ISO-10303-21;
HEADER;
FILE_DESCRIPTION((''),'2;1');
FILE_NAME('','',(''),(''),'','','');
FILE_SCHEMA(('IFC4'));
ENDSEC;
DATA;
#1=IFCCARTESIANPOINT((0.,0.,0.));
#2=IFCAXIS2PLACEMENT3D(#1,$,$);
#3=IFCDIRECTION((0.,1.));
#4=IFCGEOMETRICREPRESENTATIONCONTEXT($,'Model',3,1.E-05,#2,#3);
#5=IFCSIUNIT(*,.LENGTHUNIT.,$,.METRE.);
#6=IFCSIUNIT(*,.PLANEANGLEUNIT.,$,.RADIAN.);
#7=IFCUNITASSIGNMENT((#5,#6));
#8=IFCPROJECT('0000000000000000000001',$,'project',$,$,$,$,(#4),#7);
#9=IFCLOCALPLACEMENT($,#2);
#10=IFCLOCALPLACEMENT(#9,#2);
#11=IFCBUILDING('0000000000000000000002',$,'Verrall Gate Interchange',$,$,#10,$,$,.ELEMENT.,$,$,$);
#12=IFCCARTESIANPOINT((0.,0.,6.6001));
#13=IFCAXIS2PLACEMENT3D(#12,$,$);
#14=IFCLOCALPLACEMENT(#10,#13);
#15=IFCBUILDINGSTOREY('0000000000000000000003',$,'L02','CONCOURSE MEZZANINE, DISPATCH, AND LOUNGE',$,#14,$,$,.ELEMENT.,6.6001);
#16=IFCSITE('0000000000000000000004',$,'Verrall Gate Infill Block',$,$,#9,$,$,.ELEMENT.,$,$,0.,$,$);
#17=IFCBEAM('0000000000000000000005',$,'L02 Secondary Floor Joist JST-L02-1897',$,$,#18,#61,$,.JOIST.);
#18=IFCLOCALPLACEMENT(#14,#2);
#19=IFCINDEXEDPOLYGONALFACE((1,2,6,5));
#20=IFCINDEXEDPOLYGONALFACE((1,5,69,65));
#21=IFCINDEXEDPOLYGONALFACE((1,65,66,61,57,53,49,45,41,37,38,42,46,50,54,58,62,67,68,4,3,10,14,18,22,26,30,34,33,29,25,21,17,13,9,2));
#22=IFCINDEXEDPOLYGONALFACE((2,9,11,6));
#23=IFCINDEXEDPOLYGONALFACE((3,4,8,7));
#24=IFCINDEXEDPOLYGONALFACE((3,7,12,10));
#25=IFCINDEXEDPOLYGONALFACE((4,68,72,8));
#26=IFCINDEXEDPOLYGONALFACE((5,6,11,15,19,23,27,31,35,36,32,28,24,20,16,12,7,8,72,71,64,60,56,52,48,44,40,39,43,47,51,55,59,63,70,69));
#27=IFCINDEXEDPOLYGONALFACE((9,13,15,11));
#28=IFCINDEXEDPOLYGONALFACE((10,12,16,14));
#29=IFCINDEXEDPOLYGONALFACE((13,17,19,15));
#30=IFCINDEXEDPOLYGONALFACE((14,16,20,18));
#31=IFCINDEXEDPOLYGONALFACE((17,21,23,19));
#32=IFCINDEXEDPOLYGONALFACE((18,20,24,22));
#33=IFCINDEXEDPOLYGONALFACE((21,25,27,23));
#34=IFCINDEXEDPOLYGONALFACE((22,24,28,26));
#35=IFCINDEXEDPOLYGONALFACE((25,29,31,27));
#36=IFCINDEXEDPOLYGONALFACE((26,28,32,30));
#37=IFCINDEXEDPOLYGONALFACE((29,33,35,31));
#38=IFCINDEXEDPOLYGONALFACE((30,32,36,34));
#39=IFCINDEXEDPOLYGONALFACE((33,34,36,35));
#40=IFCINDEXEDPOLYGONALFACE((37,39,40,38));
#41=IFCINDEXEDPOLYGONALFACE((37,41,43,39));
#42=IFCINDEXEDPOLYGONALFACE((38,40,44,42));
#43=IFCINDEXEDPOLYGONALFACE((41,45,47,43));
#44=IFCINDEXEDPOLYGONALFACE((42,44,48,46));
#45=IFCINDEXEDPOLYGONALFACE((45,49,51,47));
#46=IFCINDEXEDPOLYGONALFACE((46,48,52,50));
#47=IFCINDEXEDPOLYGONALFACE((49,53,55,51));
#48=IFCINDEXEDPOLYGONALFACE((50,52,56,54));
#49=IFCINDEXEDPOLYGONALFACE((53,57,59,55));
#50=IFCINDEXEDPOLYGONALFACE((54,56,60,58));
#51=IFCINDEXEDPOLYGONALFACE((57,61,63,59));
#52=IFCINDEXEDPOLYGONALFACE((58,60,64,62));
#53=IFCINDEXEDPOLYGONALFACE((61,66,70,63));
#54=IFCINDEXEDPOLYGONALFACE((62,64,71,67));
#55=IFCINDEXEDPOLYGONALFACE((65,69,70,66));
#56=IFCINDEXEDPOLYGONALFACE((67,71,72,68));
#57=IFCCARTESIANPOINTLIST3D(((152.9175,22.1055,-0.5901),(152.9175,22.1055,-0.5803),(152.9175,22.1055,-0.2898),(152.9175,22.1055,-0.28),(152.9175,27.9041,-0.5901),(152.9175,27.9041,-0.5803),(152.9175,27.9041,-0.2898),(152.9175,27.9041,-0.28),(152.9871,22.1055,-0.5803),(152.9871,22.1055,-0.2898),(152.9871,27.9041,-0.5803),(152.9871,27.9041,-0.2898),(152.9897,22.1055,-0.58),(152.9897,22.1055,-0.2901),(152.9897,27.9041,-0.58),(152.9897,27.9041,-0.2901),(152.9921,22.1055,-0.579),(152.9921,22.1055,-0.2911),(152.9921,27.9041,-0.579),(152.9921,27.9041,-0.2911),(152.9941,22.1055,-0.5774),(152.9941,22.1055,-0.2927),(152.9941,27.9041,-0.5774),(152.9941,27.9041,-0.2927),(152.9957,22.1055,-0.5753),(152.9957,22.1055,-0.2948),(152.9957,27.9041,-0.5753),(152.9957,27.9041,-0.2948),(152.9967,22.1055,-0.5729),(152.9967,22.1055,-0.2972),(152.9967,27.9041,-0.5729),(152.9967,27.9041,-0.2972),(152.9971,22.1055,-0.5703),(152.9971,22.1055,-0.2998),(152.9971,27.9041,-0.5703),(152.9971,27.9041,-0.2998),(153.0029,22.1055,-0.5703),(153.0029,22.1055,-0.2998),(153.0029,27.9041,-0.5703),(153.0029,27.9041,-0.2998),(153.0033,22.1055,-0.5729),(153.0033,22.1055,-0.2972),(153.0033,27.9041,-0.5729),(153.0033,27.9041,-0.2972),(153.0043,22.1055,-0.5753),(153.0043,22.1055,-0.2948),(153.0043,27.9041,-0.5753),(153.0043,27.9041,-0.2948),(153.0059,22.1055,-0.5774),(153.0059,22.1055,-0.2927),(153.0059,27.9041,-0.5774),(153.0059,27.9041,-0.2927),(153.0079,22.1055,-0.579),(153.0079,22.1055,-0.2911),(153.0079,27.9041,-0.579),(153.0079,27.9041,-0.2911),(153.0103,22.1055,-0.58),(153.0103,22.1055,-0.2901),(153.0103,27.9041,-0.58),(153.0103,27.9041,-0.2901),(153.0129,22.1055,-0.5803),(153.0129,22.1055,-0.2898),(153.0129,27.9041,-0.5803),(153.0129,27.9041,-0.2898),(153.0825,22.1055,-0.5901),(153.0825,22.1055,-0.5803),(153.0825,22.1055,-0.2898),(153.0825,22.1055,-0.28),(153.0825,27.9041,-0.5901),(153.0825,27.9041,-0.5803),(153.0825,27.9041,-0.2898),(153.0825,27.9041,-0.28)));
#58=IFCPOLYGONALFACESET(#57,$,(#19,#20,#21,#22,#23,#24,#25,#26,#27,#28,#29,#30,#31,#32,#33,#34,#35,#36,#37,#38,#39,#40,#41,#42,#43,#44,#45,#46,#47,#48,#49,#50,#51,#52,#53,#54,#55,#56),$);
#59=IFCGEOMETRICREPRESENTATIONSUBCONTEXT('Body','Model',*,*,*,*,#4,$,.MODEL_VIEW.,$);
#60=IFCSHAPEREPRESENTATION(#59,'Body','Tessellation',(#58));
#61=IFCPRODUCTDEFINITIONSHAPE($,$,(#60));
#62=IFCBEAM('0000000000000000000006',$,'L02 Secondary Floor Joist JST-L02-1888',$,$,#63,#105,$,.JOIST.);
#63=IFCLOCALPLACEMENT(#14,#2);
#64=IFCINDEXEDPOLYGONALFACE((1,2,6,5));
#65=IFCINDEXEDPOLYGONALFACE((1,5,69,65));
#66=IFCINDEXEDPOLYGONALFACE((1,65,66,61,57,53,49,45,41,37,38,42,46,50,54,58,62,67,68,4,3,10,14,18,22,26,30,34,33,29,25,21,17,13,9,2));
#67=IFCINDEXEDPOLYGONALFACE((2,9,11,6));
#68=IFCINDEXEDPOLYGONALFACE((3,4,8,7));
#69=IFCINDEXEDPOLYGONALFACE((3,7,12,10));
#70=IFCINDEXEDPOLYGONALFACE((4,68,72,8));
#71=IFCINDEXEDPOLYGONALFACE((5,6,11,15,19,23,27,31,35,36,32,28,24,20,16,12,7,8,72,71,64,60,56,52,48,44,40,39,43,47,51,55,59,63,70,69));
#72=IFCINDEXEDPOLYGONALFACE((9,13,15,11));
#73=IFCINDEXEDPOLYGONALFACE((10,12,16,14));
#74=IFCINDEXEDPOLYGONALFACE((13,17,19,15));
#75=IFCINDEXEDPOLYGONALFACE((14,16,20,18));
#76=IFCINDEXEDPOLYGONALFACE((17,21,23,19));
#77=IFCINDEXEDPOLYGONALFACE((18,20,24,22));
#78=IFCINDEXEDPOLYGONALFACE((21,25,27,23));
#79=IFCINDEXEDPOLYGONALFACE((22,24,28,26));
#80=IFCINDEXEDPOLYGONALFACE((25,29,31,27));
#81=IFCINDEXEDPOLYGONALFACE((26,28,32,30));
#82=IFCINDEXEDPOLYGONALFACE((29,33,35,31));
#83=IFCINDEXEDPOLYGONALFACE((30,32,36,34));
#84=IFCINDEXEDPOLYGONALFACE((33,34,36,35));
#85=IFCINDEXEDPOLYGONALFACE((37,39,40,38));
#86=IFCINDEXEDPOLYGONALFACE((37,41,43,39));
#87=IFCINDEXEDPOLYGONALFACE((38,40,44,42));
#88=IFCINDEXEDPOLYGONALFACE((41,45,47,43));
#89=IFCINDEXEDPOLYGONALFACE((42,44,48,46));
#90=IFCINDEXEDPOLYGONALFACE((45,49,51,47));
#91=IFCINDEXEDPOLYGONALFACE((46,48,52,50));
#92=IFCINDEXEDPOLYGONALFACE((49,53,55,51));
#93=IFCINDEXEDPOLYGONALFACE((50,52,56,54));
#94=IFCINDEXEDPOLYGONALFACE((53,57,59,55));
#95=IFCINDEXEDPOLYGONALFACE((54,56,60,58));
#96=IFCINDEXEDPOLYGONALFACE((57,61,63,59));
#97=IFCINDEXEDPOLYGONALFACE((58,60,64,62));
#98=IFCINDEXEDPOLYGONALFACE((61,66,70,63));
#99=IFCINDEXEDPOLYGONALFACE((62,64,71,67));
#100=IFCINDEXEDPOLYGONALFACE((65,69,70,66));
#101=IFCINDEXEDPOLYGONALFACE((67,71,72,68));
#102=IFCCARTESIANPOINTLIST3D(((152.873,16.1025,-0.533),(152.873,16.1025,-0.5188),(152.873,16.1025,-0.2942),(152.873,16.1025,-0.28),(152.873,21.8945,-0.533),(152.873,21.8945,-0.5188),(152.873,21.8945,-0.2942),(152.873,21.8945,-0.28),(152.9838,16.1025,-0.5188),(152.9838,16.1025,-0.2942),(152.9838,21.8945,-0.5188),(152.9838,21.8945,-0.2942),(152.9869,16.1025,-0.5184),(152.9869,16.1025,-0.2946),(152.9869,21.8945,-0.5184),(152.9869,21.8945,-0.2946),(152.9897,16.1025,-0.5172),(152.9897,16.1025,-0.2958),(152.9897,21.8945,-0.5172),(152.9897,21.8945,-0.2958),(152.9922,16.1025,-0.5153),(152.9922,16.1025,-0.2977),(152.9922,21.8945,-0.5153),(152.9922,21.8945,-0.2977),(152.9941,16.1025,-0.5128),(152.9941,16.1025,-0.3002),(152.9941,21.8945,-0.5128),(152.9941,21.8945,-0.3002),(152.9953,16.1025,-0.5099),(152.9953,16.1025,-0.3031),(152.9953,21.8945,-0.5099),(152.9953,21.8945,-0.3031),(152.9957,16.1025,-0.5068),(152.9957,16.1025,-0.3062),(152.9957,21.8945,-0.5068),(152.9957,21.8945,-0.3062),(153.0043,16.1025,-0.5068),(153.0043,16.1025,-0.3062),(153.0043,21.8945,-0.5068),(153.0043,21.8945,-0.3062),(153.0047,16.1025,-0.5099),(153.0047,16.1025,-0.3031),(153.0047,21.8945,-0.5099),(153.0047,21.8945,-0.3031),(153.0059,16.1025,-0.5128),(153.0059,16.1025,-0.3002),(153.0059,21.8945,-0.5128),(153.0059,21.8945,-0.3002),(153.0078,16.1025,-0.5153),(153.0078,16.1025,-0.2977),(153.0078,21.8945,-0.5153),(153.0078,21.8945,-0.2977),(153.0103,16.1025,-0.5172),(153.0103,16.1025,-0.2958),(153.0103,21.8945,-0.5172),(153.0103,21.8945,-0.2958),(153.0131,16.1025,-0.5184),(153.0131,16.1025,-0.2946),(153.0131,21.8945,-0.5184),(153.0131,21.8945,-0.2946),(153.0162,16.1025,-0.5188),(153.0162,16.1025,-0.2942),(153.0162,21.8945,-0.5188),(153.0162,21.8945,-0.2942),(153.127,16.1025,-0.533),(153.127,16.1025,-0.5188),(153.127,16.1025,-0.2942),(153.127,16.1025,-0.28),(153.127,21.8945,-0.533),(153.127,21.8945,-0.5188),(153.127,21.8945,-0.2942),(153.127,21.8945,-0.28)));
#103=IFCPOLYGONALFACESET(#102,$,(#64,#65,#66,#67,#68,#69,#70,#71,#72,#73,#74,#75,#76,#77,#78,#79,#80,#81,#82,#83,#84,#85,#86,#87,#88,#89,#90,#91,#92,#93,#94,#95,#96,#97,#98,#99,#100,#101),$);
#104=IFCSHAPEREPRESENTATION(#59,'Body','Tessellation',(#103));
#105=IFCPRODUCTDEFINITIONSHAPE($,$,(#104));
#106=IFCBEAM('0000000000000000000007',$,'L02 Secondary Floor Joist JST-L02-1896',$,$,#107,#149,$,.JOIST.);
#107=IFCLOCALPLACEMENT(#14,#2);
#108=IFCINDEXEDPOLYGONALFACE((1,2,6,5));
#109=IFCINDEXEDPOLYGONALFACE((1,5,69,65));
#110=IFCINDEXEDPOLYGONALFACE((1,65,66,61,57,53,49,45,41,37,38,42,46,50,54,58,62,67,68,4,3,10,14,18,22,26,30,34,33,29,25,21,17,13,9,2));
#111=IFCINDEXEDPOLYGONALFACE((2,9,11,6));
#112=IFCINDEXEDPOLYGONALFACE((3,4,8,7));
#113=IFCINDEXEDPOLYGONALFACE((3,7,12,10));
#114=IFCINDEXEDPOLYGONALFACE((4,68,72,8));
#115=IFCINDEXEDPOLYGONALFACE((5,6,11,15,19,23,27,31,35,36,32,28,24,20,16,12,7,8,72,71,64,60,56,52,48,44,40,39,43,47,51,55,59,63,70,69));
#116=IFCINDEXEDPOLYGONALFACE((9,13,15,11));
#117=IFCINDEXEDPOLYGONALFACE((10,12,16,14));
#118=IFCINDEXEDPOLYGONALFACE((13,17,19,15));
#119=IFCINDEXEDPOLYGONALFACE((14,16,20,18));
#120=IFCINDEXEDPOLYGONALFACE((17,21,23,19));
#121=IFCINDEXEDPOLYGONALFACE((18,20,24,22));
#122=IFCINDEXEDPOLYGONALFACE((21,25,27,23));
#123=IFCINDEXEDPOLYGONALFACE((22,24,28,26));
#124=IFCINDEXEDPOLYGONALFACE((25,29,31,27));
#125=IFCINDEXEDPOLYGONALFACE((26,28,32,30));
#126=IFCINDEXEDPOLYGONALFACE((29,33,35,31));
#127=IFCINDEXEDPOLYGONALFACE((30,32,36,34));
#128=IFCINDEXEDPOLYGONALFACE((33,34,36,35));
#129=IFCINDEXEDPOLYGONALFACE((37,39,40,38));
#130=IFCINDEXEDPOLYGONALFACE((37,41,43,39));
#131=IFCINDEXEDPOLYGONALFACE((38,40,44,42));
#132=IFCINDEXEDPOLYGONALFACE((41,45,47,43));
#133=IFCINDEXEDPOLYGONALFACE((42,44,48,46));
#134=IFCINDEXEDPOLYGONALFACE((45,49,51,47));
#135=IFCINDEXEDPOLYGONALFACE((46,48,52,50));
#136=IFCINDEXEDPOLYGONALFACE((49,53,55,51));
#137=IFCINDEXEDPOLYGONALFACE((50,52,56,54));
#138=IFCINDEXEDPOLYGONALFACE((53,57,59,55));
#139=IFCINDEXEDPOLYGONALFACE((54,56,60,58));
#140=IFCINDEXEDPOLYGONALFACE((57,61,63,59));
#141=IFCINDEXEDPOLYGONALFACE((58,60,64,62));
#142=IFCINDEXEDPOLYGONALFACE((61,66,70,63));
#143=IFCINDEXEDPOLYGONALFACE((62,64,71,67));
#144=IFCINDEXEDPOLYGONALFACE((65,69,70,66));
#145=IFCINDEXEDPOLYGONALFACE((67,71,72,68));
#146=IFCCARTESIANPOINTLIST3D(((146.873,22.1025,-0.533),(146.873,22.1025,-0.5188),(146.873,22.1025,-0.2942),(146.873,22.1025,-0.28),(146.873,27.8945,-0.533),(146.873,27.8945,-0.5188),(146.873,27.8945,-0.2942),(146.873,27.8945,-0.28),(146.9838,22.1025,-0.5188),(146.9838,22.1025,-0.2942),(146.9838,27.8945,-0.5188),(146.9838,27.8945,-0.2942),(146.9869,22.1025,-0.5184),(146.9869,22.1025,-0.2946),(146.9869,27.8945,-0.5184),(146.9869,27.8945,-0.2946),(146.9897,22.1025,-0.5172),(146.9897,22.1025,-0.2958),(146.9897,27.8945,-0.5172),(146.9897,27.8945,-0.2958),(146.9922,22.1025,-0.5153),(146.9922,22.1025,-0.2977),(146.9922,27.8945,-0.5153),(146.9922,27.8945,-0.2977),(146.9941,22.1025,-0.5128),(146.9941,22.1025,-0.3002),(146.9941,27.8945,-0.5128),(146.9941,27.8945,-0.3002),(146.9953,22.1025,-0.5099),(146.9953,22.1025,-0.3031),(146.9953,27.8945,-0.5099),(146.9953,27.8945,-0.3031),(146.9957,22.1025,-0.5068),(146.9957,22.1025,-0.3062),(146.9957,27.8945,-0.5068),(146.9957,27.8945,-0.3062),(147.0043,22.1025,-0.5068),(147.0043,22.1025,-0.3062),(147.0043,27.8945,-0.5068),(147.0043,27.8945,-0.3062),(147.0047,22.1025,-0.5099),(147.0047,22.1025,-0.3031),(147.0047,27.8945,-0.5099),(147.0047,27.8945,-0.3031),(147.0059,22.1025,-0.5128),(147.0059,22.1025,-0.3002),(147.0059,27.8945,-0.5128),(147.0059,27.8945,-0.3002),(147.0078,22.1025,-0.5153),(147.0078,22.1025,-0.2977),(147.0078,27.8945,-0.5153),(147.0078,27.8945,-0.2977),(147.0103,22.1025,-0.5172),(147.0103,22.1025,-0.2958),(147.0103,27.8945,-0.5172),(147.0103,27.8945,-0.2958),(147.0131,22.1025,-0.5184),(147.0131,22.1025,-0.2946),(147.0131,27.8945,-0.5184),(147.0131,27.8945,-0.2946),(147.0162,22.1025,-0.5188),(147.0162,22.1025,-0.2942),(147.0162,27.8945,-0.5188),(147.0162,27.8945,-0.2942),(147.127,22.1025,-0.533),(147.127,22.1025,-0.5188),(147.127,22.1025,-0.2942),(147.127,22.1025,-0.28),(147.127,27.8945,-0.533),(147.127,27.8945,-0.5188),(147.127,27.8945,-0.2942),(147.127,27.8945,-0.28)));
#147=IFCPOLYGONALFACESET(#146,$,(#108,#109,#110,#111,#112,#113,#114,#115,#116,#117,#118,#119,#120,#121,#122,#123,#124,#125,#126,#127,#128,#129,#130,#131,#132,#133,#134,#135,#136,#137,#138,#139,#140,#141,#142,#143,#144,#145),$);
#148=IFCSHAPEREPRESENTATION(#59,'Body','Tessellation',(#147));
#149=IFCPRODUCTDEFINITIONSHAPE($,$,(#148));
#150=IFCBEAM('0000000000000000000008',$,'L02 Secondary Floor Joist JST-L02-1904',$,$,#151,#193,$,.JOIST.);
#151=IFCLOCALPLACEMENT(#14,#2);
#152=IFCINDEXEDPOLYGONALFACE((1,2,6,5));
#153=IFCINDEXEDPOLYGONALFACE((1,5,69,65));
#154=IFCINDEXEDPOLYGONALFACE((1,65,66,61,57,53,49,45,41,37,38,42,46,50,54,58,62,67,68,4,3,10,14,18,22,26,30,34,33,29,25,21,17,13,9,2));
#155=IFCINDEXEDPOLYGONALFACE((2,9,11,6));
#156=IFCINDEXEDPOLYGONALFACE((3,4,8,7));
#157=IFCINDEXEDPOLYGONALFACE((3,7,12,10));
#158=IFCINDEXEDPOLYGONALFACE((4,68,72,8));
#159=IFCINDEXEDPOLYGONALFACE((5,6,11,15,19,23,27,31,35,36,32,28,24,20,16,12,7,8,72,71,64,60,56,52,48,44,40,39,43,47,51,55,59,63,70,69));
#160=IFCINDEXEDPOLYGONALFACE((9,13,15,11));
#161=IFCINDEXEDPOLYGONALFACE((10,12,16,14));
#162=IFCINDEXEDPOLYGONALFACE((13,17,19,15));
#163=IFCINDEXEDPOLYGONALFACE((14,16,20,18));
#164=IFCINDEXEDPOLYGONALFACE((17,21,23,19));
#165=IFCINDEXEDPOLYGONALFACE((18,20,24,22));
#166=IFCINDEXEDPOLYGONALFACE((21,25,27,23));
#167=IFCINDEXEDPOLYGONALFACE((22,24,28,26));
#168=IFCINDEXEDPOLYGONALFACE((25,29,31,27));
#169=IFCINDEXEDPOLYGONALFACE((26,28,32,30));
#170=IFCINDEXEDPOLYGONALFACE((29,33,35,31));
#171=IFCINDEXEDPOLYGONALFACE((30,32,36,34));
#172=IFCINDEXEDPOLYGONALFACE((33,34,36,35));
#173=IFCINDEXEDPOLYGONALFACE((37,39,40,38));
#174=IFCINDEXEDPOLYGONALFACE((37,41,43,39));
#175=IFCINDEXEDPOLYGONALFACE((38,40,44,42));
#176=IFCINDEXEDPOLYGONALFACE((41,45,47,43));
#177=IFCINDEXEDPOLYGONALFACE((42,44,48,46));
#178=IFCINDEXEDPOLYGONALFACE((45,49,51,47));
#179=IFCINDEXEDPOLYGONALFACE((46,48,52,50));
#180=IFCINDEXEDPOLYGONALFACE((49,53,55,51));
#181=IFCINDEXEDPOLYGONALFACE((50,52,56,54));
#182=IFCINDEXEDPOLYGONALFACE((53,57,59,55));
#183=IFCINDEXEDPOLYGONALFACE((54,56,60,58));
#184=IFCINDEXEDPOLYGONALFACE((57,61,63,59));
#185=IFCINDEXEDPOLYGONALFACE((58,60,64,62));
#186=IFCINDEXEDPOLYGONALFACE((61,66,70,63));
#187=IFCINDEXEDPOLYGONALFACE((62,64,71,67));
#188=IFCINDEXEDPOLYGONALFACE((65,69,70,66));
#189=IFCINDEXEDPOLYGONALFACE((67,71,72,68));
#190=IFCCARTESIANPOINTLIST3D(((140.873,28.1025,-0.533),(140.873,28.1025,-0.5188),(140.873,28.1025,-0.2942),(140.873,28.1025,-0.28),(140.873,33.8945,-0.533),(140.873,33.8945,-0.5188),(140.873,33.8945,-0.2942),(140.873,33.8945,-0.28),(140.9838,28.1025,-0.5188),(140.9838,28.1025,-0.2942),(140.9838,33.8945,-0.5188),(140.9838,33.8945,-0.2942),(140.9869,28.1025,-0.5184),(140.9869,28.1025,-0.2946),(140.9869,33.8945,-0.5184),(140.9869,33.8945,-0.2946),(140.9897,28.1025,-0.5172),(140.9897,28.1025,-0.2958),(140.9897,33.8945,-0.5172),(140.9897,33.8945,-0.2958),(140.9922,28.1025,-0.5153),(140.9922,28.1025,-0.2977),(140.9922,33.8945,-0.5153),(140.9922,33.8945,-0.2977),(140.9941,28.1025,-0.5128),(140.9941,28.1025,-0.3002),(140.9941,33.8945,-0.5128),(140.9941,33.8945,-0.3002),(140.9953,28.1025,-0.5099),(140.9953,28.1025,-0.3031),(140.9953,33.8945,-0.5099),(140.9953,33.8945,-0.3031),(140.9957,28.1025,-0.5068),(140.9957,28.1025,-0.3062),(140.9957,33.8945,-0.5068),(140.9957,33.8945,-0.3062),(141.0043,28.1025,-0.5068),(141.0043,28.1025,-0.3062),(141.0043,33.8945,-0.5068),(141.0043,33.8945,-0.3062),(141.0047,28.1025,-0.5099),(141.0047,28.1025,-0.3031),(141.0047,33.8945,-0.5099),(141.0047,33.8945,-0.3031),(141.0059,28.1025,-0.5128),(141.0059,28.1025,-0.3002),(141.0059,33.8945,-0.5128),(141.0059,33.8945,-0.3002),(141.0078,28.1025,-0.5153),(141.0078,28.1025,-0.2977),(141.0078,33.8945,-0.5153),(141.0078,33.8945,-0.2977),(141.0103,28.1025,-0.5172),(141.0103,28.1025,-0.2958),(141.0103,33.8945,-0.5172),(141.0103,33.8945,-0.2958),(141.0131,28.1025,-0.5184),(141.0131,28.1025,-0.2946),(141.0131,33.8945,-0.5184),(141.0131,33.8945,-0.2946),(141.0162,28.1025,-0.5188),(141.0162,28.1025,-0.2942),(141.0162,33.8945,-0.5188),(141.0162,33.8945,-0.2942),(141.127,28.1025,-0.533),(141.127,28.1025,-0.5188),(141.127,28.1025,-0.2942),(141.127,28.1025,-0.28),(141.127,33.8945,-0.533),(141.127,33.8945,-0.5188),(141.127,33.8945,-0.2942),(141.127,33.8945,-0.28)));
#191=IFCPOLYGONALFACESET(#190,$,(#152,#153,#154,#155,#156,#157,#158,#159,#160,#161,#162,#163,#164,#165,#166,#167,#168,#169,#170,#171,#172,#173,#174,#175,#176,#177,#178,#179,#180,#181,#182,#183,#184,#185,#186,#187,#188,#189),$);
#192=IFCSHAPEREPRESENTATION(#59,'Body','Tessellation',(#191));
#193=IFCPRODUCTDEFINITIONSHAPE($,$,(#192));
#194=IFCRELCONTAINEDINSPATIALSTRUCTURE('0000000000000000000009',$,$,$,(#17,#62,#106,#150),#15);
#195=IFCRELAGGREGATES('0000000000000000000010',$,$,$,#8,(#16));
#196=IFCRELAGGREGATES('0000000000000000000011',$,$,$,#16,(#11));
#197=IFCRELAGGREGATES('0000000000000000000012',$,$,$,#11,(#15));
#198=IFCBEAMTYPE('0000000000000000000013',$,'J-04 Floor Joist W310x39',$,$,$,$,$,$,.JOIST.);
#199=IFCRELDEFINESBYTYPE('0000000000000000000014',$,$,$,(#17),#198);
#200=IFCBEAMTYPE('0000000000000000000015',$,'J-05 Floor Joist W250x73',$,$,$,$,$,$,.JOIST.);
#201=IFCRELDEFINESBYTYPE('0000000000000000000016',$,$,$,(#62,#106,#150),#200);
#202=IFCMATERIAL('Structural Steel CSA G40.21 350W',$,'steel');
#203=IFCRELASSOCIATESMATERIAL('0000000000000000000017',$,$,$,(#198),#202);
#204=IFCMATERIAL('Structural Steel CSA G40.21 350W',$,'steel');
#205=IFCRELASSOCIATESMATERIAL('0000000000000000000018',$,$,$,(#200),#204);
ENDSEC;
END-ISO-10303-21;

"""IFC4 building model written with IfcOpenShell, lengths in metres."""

from ifc_helpers import new_model, si_unit, direction, frame, origin, origin_2d, place, context, subcontext, project, spatial, i_section, extrude, material, material_profile, profile_set, type_object, element, save


model = new_model("IFC4")

# Units and contexts
model_context = context("Model", 3, precision=1e-05, world=origin(), true_north=direction((0.0, 1.0)))
body_context = subcontext(model_context, "Body", "Model", "MODEL_VIEW")
ifc_project = project(units=[si_unit("LENGTHUNIT", "METRE"), si_unit("PLANEANGLEUNIT", "RADIAN")], contexts=[model_context])

# Site, building, storey
site_placement = place(None, origin())
site = spatial("IfcSite", under=ifc_project, at=site_placement, Name="Verrall Gate Infill Block", CompositionType="ELEMENT", RefElevation=0.0)
building_placement = place(site_placement, origin())
building = spatial("IfcBuilding", under=site, at=building_placement, Name="Verrall Gate Interchange", CompositionType="ELEMENT")
storey_placement = place(building_placement, frame((0.0, 0.0, 6.6001)))
storey = spatial("IfcBuildingStorey", under=building, at=storey_placement, Name="L02", Description="CONCOURSE MEZZANINE, DISPATCH, AND LOUNGE", CompositionType="ELEMENT", Elevation=6.6001)

# Beams
ifc_material_1 = material(Name="Structural Steel CSA G40.21 350W", Category="steel")
ifc_material_profile_1 = material_profile(ifc_material_1, i_section(OverallWidth=0.165, OverallDepth=0.3101, WebThickness=0.0059, FlangeThickness=0.0098, FilletRadius=0.01, at=origin_2d()), Name="W310x39")
ifc_profile_set_1 = profile_set([ifc_material_profile_1], Name="Structural Steel CSA G40.21 350W")
beam_type_1 = type_object("IfcBeamType", Name="J-04 Floor Joist W310x39", PredefinedType="JOIST", material=ifc_profile_set_1)
beam_1_placement = place(storey_placement, frame((153.0, 22.1055, -0.4351), z_axis=(0.0, 1.0, 0.0), x_axis=(-1.0, 0.0, 0.0)))
element("IfcBeam", 1, at=beam_1_placement, inside=storey, type_object=beam_type_1, Name="L02 Secondary Floor Joist JST-L02-1897", PredefinedType="JOIST", context=body_context, shape_type="SweptSolid", body=[
    extrude(i_section(OverallWidth=0.165, OverallDepth=0.3101, WebThickness=0.0059, FlangeThickness=0.0098, FilletRadius=0.01, at=origin_2d()), origin(), (0.0, 0.0, 1.0), 5.7986),
])
ifc_material_2 = material(Name="Structural Steel CSA G40.21 350W", Category="steel")
ifc_material_profile_2 = material_profile(ifc_material_2, i_section(OverallWidth=0.2539, OverallDepth=0.2529, WebThickness=0.0085, FlangeThickness=0.0142, FilletRadius=0.012, at=origin_2d()), Name="W250x73")
ifc_profile_set_2 = profile_set([ifc_material_profile_2], Name="Structural Steel CSA G40.21 350W")
beam_type_2 = type_object("IfcBeamType", Name="J-05 Floor Joist W250x73", PredefinedType="JOIST", material=ifc_profile_set_2)
for number, where, z_axis, x_axis, name in (
    (2, (153.0, 16.1025, -0.4065), (0.0, 1.0, 0.0), (-1.0, 0.0, 0.0), "L02 Secondary Floor Joist JST-L02-1888"),
    (3, (147.0, 22.1025, -0.4065), (0.0, 1.0, 0.0), (-1.0, 0.0, 0.0), "L02 Secondary Floor Joist JST-L02-1896"),
    (4, (141.0, 28.1025, -0.4065), (0.0, 1.0, 0.0), (-1.0, 0.0, 0.0), "L02 Secondary Floor Joist JST-L02-1904"),
):
    element("IfcBeam", number, at=place(storey_placement, frame(where, z_axis=z_axis, x_axis=x_axis)), inside=storey, type_object=beam_type_2, Name=name, PredefinedType="JOIST", context=body_context, shape_type="SweptSolid", body=[
        extrude(i_section(OverallWidth=0.2539, OverallDepth=0.2529, WebThickness=0.0085, FlangeThickness=0.0142, FilletRadius=0.012, at=origin_2d()), origin(), (0.0, 0.0, 1.0), 5.792),
    ])

save(model, "model.ifc")
